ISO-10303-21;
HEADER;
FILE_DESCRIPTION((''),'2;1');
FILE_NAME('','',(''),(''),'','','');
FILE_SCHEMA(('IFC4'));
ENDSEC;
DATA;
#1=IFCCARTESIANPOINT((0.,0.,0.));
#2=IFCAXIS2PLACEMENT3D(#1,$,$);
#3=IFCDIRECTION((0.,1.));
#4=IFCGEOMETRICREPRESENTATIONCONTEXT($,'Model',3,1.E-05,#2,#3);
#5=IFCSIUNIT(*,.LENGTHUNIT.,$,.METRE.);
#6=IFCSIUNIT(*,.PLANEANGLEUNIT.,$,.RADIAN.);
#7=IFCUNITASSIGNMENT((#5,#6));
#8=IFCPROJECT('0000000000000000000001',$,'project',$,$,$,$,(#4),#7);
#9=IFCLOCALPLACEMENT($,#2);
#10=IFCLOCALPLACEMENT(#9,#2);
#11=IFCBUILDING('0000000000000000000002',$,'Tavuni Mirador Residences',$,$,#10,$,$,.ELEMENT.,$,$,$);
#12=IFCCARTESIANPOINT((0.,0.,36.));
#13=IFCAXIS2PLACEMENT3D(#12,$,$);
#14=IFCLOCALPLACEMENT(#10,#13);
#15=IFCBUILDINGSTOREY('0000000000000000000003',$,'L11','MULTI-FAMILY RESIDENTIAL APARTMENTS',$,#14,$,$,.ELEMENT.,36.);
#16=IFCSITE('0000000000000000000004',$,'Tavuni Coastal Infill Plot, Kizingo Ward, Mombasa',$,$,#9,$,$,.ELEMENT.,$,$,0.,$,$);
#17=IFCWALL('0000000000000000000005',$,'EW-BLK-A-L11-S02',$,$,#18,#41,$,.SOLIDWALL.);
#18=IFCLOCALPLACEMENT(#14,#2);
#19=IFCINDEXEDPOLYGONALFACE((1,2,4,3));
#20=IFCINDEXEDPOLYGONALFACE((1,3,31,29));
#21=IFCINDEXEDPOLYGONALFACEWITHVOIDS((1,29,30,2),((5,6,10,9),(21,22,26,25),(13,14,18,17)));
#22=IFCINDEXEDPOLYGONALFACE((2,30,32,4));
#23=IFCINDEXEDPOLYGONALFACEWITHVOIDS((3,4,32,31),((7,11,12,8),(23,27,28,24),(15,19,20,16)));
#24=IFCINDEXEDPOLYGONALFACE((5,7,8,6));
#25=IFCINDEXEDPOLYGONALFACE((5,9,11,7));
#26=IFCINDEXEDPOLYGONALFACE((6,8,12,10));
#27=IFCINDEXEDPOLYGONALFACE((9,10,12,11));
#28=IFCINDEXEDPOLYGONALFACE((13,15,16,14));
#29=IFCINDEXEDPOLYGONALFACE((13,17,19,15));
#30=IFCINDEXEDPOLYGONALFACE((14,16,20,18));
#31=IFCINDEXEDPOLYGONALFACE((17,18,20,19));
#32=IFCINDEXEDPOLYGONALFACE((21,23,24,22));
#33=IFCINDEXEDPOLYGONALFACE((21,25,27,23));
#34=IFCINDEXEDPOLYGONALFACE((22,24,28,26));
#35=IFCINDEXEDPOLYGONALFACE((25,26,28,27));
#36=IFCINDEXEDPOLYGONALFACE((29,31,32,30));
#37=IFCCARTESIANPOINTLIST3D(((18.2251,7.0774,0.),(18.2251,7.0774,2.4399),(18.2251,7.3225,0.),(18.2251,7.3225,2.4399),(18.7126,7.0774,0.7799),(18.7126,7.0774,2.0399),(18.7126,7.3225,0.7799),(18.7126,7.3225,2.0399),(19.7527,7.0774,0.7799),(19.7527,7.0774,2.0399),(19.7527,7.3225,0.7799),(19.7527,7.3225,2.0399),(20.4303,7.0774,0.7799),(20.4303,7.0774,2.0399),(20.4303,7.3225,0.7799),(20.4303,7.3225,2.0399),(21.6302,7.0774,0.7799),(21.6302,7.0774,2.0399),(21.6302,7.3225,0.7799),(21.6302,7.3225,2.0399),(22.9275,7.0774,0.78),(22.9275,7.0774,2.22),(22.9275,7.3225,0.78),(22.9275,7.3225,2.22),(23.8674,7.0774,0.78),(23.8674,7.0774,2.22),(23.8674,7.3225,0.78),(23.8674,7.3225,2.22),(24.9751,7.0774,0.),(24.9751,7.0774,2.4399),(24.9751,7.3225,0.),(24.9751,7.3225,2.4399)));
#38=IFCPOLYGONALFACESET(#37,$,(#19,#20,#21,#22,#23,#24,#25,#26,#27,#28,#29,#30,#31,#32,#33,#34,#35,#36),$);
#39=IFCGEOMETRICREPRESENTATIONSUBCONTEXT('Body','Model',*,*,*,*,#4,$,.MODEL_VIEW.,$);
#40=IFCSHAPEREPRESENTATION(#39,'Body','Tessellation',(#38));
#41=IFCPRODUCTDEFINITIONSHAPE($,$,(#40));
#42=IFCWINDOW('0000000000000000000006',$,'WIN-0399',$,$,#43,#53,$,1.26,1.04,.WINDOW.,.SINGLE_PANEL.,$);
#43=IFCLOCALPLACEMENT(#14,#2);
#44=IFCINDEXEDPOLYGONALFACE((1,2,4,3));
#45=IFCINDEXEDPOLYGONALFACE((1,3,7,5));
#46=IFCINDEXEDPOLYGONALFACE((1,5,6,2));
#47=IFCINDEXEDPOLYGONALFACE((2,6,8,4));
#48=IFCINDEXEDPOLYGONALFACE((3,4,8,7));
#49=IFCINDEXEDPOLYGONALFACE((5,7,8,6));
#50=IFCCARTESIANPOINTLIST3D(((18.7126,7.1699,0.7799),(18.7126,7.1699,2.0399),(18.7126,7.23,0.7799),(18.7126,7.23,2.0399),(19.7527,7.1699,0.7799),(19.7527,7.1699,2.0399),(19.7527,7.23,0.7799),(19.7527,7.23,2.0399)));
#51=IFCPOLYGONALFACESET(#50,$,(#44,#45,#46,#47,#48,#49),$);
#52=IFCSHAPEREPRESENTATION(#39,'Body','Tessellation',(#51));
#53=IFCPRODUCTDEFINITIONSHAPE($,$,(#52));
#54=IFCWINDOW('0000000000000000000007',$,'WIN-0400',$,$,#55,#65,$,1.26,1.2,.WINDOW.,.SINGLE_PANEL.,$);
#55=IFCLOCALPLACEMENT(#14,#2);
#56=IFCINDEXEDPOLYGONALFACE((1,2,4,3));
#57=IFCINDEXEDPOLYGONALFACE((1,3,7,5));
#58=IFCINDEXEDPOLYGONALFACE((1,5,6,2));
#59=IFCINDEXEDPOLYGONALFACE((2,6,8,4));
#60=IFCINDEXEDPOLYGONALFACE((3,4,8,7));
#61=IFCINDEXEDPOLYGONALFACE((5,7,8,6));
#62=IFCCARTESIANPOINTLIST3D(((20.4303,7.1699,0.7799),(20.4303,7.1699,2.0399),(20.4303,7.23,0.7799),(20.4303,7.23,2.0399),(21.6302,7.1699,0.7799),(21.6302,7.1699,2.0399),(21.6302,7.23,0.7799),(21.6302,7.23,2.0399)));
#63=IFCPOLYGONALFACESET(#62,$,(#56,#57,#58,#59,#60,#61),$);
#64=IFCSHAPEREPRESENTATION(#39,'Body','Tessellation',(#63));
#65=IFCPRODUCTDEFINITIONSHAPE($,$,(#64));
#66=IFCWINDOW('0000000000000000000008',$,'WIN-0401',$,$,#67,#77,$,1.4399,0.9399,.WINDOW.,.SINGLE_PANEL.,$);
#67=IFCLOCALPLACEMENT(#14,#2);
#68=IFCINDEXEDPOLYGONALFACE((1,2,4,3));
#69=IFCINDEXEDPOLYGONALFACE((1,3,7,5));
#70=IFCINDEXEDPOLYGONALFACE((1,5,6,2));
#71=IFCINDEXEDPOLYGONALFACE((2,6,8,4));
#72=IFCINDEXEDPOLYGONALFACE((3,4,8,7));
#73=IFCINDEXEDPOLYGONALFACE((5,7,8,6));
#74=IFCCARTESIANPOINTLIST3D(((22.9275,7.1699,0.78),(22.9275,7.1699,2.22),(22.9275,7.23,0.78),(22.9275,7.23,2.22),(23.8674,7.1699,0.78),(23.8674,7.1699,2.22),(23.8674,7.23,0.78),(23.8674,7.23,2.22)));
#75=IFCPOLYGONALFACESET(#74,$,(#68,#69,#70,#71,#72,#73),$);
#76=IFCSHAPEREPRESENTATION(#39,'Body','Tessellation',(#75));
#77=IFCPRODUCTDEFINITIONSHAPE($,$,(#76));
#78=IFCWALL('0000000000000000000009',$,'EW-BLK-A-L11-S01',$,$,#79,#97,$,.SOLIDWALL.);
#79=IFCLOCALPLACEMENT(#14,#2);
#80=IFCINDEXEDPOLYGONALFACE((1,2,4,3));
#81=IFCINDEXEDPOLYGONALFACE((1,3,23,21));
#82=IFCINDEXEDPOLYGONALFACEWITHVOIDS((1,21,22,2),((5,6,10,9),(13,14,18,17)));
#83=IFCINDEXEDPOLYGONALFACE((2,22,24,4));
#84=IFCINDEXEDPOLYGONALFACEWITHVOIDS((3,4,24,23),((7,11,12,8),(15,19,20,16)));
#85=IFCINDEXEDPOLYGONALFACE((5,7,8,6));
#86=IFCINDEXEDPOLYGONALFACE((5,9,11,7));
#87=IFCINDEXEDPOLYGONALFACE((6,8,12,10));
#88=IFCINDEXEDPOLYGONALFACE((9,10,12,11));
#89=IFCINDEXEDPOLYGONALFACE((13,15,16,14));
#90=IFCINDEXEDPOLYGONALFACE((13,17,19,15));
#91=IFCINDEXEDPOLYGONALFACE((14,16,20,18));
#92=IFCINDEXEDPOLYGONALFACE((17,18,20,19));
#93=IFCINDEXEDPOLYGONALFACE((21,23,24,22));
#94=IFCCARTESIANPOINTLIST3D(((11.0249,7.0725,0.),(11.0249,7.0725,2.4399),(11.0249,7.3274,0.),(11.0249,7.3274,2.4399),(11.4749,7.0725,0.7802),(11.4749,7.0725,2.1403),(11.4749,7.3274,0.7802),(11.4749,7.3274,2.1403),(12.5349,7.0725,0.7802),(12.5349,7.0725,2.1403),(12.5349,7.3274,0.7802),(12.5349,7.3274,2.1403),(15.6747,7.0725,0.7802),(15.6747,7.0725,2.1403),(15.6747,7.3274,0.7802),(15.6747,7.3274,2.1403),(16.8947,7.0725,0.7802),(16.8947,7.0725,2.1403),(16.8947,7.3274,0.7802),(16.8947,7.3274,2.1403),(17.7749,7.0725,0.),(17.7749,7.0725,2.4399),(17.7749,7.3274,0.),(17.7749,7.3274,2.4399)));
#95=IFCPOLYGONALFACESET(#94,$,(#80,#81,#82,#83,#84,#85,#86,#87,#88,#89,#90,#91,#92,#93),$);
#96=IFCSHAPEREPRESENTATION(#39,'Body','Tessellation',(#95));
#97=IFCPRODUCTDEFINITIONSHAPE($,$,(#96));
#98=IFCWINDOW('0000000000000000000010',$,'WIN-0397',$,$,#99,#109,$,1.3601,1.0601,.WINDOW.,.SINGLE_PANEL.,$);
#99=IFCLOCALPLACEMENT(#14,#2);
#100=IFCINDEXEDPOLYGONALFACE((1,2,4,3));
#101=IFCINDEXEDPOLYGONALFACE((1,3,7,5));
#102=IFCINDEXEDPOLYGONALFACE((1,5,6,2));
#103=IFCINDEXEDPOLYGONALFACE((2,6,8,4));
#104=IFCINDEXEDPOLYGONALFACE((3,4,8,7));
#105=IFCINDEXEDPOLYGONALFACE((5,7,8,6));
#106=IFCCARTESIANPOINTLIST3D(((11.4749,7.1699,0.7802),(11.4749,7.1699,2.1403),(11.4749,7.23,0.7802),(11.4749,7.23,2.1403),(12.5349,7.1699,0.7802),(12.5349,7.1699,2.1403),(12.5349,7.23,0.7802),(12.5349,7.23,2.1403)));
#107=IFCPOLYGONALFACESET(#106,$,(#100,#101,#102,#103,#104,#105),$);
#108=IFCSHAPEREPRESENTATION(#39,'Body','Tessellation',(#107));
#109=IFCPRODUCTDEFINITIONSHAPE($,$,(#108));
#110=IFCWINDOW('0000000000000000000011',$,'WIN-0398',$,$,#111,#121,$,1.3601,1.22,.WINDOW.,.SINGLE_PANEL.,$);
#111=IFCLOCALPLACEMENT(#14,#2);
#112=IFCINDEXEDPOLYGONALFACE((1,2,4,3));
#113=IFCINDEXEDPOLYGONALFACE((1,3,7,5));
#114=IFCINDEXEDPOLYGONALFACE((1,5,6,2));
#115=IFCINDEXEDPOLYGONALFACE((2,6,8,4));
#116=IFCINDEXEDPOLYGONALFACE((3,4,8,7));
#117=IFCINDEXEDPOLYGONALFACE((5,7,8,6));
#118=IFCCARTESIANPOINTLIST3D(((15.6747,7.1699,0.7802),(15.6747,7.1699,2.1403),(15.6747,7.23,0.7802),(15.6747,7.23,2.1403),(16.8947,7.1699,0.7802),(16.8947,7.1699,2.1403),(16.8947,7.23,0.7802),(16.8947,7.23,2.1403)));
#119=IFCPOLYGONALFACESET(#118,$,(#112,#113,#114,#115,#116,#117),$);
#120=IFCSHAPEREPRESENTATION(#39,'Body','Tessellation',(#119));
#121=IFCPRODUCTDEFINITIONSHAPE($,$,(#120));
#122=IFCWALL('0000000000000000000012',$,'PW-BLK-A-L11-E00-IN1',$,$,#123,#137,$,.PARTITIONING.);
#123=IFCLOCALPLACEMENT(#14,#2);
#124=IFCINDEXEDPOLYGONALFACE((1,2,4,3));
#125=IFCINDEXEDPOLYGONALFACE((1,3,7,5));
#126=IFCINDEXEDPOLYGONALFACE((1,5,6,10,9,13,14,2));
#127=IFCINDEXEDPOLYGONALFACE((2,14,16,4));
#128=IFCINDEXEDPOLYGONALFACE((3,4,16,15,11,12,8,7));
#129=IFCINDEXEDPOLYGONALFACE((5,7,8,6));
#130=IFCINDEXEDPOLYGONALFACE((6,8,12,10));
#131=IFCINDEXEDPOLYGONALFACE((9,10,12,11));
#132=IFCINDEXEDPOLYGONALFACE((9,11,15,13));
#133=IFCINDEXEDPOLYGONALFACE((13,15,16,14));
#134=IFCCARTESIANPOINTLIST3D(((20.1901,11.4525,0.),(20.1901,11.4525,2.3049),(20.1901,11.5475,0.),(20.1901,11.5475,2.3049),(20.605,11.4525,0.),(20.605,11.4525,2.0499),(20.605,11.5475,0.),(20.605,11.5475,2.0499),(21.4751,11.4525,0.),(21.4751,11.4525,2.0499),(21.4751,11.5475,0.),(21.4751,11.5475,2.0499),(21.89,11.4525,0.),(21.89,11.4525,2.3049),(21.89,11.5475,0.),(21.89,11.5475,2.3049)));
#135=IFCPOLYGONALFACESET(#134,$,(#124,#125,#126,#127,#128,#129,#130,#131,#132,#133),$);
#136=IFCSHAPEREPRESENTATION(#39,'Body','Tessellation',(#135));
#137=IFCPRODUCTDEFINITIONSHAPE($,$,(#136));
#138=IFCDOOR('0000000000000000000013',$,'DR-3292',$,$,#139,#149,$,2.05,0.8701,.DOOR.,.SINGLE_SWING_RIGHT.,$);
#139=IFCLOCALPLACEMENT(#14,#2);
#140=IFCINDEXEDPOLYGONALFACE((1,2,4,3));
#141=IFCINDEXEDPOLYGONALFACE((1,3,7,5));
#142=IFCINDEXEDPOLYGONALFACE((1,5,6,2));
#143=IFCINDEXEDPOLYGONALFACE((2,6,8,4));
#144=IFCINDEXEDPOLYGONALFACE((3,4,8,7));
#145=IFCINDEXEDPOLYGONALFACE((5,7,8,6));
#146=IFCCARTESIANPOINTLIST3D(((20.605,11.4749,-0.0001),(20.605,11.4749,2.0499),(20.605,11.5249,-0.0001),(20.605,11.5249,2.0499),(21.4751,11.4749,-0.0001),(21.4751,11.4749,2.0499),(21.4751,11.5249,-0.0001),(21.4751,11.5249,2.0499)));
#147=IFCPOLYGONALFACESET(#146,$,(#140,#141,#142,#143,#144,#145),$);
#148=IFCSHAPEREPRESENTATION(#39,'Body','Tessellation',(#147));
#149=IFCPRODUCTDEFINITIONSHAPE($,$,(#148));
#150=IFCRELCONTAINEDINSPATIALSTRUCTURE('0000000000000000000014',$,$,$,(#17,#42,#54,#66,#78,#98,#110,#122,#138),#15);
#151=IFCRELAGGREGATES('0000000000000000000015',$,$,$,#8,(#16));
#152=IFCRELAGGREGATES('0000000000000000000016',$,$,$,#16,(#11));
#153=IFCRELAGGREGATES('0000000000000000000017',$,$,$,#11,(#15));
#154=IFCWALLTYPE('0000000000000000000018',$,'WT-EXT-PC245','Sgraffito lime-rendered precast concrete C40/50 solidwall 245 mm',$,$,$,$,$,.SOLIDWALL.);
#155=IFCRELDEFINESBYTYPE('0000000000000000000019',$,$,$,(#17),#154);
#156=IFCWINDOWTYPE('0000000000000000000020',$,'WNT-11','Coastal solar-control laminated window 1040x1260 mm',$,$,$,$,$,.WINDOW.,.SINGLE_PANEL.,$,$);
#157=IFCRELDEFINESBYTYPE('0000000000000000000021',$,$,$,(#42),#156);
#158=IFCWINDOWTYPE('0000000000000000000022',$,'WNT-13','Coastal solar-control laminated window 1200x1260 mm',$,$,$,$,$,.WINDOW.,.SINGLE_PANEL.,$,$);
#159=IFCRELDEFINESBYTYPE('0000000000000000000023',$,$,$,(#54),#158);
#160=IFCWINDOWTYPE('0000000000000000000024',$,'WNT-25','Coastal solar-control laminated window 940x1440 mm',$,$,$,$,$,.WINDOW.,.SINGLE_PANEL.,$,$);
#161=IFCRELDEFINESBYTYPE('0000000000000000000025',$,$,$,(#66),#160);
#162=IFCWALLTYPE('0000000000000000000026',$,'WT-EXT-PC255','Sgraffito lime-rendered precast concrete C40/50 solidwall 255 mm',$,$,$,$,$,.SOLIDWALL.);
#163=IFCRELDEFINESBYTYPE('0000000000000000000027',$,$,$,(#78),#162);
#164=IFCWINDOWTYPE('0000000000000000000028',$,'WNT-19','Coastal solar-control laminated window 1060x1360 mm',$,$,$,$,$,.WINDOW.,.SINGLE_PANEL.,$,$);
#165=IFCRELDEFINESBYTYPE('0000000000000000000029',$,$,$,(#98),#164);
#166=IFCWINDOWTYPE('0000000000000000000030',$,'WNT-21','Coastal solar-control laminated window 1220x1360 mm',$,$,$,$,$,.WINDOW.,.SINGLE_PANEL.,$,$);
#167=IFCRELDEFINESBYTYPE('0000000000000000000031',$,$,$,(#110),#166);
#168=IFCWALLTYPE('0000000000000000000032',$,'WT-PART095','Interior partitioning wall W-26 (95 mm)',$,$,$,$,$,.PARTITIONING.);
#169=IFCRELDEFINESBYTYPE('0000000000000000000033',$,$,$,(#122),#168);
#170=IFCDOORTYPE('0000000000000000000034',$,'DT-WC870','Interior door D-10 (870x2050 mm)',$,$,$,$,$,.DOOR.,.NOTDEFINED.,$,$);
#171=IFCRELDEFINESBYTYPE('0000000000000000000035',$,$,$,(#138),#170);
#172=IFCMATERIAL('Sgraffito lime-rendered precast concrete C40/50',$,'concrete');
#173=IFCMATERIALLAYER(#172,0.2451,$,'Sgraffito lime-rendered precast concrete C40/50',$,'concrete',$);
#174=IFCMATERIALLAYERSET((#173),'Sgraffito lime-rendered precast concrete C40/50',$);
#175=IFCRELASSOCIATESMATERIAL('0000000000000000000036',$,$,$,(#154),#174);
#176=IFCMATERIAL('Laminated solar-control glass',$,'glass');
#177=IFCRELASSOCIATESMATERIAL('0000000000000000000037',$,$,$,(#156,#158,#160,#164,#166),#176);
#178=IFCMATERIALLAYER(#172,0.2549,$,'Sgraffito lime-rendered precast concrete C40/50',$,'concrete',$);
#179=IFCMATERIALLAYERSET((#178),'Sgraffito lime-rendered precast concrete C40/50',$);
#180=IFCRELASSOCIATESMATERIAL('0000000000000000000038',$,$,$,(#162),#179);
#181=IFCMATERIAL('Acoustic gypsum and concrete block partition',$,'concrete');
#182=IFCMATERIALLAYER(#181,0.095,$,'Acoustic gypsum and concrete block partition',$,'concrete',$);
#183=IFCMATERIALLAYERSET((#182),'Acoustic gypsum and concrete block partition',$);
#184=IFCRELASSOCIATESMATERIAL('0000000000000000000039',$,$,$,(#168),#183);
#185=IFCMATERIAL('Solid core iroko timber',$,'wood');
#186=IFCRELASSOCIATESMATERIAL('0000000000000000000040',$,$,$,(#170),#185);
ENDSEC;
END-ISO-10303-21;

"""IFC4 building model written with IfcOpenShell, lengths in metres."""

from ifc_helpers import new_model, si_unit, direction, frame, frame_2d, origin, place, context, subcontext, project, spatial, rectangle, extrude, material, layer, layer_set, type_object, element, fill, save


model = new_model("IFC4")

# Units and contexts
model_context = context("Model", 3, precision=1e-05, world=origin(), true_north=direction((0.0, 1.0)))
body_context = subcontext(model_context, "Body", "Model", "MODEL_VIEW")
ifc_project = project(units=[si_unit("LENGTHUNIT", "METRE"), si_unit("PLANEANGLEUNIT", "RADIAN")], contexts=[model_context])

# Site, building, storey
site_placement = place(None, origin())
site = spatial("IfcSite", under=ifc_project, at=site_placement, Name="Tavuni Coastal Infill Plot, Kizingo Ward, Mombasa", CompositionType="ELEMENT", RefElevation=0.0)
building_placement = place(site_placement, origin())
building = spatial("IfcBuilding", under=site, at=building_placement, Name="Tavuni Mirador Residences", CompositionType="ELEMENT")
storey_placement = place(building_placement, frame((0.0, 0.0, 36.0)))
storey = spatial("IfcBuildingStorey", under=building, at=storey_placement, Name="L11", Description="MULTI-FAMILY RESIDENTIAL APARTMENTS", CompositionType="ELEMENT", Elevation=36.0)

# Shared definitions
ifc_material_1 = material(Name="Solid core iroko timber", Category="wood")

# Walls, openings, windows
ifc_material_2 = material(Name="Sgraffito lime-rendered precast concrete C40/50", Category="concrete")
ifc_layer_1 = layer(ifc_material_2, 0.2451, Name="Sgraffito lime-rendered precast concrete C40/50", Category="concrete")
ifc_layer_set_1 = layer_set([ifc_layer_1], Name="Sgraffito lime-rendered precast concrete C40/50")
wall_type_1 = type_object("IfcWallType", Name="WT-EXT-PC245", Description="Sgraffito lime-rendered precast concrete C40/50 solidwall 245 mm", PredefinedType="SOLIDWALL", material=ifc_layer_set_1)
wall_1_placement = place(storey_placement, frame((18.2251, 7.2, 0.0), z_axis=(0.0, 0.0, 1.0), x_axis=(1.0, 0.0, 0.0)))
wall_1 = element("IfcWall", 1, at=wall_1_placement, inside=storey, type_object=wall_type_1, Name="EW-BLK-A-L11-S02", PredefinedType="SOLIDWALL", context=body_context, shape_type="SweptSolid", body=[
    extrude(rectangle(XDim=6.75, YDim=0.2451, at=frame_2d((3.375, 0.0))), origin(), (0.0, 0.0, 1.0), 2.4399),
])
opening_1_placement = place(wall_1_placement, frame((0.4875, 0.0, 0.78)))
opening_1 = element("IfcOpeningElement", 2, at=opening_1_placement, cuts=wall_1, PredefinedType="OPENING", context=body_context, shape_type="SweptSolid", body=[
    extrude(rectangle(XDim=1.04, YDim=1.26, at=frame_2d((0.52, 0.6299))), frame((0.0, 0.1326, 0.0), z_axis=(0.0, -1.0, 0.0), x_axis=(1.0, 0.0, 0.0)), (0.0, 0.0, 1.0), 0.2651),
])
opening_2_placement = place(wall_1_placement, frame((2.2051, 0.0, 0.78)))
opening_2 = element("IfcOpeningElement", 3, at=opening_2_placement, cuts=wall_1, PredefinedType="OPENING", context=body_context, shape_type="SweptSolid", body=[
    extrude(rectangle(XDim=1.2, YDim=1.26, at=frame_2d((0.6001, 0.6299))), frame((0.0, 0.1326, 0.0), z_axis=(0.0, -1.0, 0.0), x_axis=(1.0, 0.0, 0.0)), (0.0, 0.0, 1.0), 0.2651),
])
opening_3_placement = place(wall_1_placement, frame((4.7024, 0.0, 0.78)))
opening_3 = element("IfcOpeningElement", 4, at=opening_3_placement, cuts=wall_1, PredefinedType="OPENING", context=body_context, shape_type="SweptSolid", body=[
    extrude(rectangle(XDim=0.9399, YDim=1.4399, at=frame_2d((0.47, 0.72))), frame((0.0, 0.1326, 0.0), z_axis=(0.0, -1.0, 0.0), x_axis=(1.0, 0.0, 0.0)), (0.0, 0.0, 1.0), 0.2651),
])
ifc_material_3 = material(Name="Laminated solar-control glass", Category="glass")
window_type_1 = type_object("IfcWindowType", Name="WNT-11", Description="Coastal solar-control laminated window 1040x1260 mm", PartitioningType="SINGLE_PANEL", PredefinedType="WINDOW", material=ifc_material_3)
window_1_placement = place(opening_1_placement, origin())
window_1 = element("IfcWindow", 5, at=window_1_placement, inside=storey, type_object=window_type_1, Name="WIN-0399", OverallHeight=1.26, OverallWidth=1.04, PartitioningType="SINGLE_PANEL", PredefinedType="WINDOW", context=body_context, shape_type="SweptSolid", body=[
    extrude(rectangle(XDim=1.04, YDim=1.26, at=frame_2d((0.52, 0.6299))), frame((0.0, 0.03, 0.0), z_axis=(0.0, -1.0, 0.0), x_axis=(1.0, 0.0, 0.0)), (0.0, 0.0, 1.0), 0.0601),
])
fill(opening_1, window_1)
window_type_2 = type_object("IfcWindowType", Name="WNT-13", Description="Coastal solar-control laminated window 1200x1260 mm", PartitioningType="SINGLE_PANEL", PredefinedType="WINDOW", material=ifc_material_3)
window_2_placement = place(opening_2_placement, origin())
window_2 = element("IfcWindow", 6, at=window_2_placement, inside=storey, type_object=window_type_2, Name="WIN-0400", OverallHeight=1.26, OverallWidth=1.2, PartitioningType="SINGLE_PANEL", PredefinedType="WINDOW", context=body_context, shape_type="SweptSolid", body=[
    extrude(rectangle(XDim=1.2, YDim=1.26, at=frame_2d((0.6001, 0.6299))), frame((0.0, 0.03, 0.0), z_axis=(0.0, -1.0, 0.0), x_axis=(1.0, 0.0, 0.0)), (0.0, 0.0, 1.0), 0.0601),
])
fill(opening_2, window_2)
window_type_3 = type_object("IfcWindowType", Name="WNT-25", Description="Coastal solar-control laminated window 940x1440 mm", PartitioningType="SINGLE_PANEL", PredefinedType="WINDOW", material=ifc_material_3)
window_3_placement = place(opening_3_placement, origin())
window_3 = element("IfcWindow", 7, at=window_3_placement, inside=storey, type_object=window_type_3, Name="WIN-0401", OverallHeight=1.4399, OverallWidth=0.9399, PartitioningType="SINGLE_PANEL", PredefinedType="WINDOW", context=body_context, shape_type="SweptSolid", body=[
    extrude(rectangle(XDim=0.9399, YDim=1.4399, at=frame_2d((0.47, 0.72))), frame((0.0, 0.03, 0.0), z_axis=(0.0, -1.0, 0.0), x_axis=(1.0, 0.0, 0.0)), (0.0, 0.0, 1.0), 0.0601),
])
fill(opening_3, window_3)
ifc_layer_2 = layer(ifc_material_2, 0.2549, Name="Sgraffito lime-rendered precast concrete C40/50", Category="concrete")
ifc_layer_set_2 = layer_set([ifc_layer_2], Name="Sgraffito lime-rendered precast concrete C40/50")
wall_type_2 = type_object("IfcWallType", Name="WT-EXT-PC255", Description="Sgraffito lime-rendered precast concrete C40/50 solidwall 255 mm", PredefinedType="SOLIDWALL", material=ifc_layer_set_2)
wall_2_placement = place(storey_placement, frame((11.0249, 7.2, 0.0), z_axis=(0.0, 0.0, 1.0), x_axis=(1.0, 0.0, 0.0)))
wall_2 = element("IfcWall", 8, at=wall_2_placement, inside=storey, type_object=wall_type_2, Name="EW-BLK-A-L11-S01", PredefinedType="SOLIDWALL", context=body_context, shape_type="SweptSolid", body=[
    extrude(rectangle(XDim=6.75, YDim=0.2549, at=frame_2d((3.375, 0.0))), origin(), (0.0, 0.0, 1.0), 2.4399),
])
opening_4_placement = place(wall_2_placement, frame((0.45, 0.0, 0.78)))
opening_4 = element("IfcOpeningElement", 9, at=opening_4_placement, cuts=wall_2, PredefinedType="OPENING", context=body_context, shape_type="SweptSolid", body=[
    extrude(rectangle(XDim=1.0601, YDim=1.3601, at=frame_2d((0.53, 0.6802))), frame((0.0, 0.1375, 0.0), z_axis=(0.0, -1.0, 0.0), x_axis=(1.0, 0.0, 0.0)), (0.0, 0.0, 1.0), 0.2749),
])
opening_5_placement = place(wall_2_placement, frame((4.6499, 0.0, 0.78)))
opening_5 = element("IfcOpeningElement", 10, at=opening_5_placement, cuts=wall_2, PredefinedType="OPENING", context=body_context, shape_type="SweptSolid", body=[
    extrude(rectangle(XDim=1.22, YDim=1.3601, at=frame_2d((0.6099, 0.6802))), frame((0.0, 0.1375, 0.0), z_axis=(0.0, -1.0, 0.0), x_axis=(1.0, 0.0, 0.0)), (0.0, 0.0, 1.0), 0.2749),
])
window_type_4 = type_object("IfcWindowType", Name="WNT-19", Description="Coastal solar-control laminated window 1060x1360 mm", PartitioningType="SINGLE_PANEL", PredefinedType="WINDOW", material=ifc_material_3)
window_4_placement = place(opening_4_placement, origin())
window_4 = element("IfcWindow", 11, at=window_4_placement, inside=storey, type_object=window_type_4, Name="WIN-0397", OverallHeight=1.3601, OverallWidth=1.0601, PartitioningType="SINGLE_PANEL", PredefinedType="WINDOW", context=body_context, shape_type="SweptSolid", body=[
    extrude(rectangle(XDim=1.0601, YDim=1.3601, at=frame_2d((0.53, 0.6802))), frame((0.0, 0.03, 0.0), z_axis=(0.0, -1.0, 0.0), x_axis=(1.0, 0.0, 0.0)), (0.0, 0.0, 1.0), 0.0601),
])
fill(opening_4, window_4)
window_type_5 = type_object("IfcWindowType", Name="WNT-21", Description="Coastal solar-control laminated window 1220x1360 mm", PartitioningType="SINGLE_PANEL", PredefinedType="WINDOW", material=ifc_material_3)
window_5_placement = place(opening_5_placement, origin())
window_5 = element("IfcWindow", 12, at=window_5_placement, inside=storey, type_object=window_type_5, Name="WIN-0398", OverallHeight=1.3601, OverallWidth=1.22, PartitioningType="SINGLE_PANEL", PredefinedType="WINDOW", context=body_context, shape_type="SweptSolid", body=[
    extrude(rectangle(XDim=1.22, YDim=1.3601, at=frame_2d((0.6099, 0.6802))), frame((0.0, 0.03, 0.0), z_axis=(0.0, -1.0, 0.0), x_axis=(1.0, 0.0, 0.0)), (0.0, 0.0, 1.0), 0.0601),
])
fill(opening_5, window_5)

# Wall, opening, door
ifc_material_4 = material(Name="Acoustic gypsum and concrete block partition", Category="concrete")
ifc_layer_3 = layer(ifc_material_4, 0.095, Name="Acoustic gypsum and concrete block partition", Category="concrete")
ifc_layer_set_3 = layer_set([ifc_layer_3], Name="Acoustic gypsum and concrete block partition")
wall_type_3 = type_object("IfcWallType", Name="WT-PART095", Description="Interior partitioning wall W-26 (95 mm)", PredefinedType="PARTITIONING", material=ifc_layer_set_3)
wall_3_placement = place(storey_placement, frame((20.1899, 11.5, 0.0), z_axis=(0.0, 0.0, 1.0), x_axis=(1.0, 0.0, 0.0)))
wall_3 = element("IfcWall", 13, at=wall_3_placement, inside=storey, type_object=wall_type_3, Name="PW-BLK-A-L11-E00-IN1", PredefinedType="PARTITIONING", context=body_context, shape_type="SweptSolid", body=[
    extrude(rectangle(XDim=1.7, YDim=0.095, at=frame_2d((0.8501, 0.0))), origin(), (0.0, 0.0, 1.0), 2.3049),
])
opening_6_placement = place(wall_3_placement, frame((0.415, 0.0, 0.0)))
opening_6 = element("IfcOpeningElement", 14, at=opening_6_placement, cuts=wall_3, PredefinedType="OPENING", context=body_context, shape_type="SweptSolid", body=[
    extrude(rectangle(XDim=0.8701, YDim=2.05, at=frame_2d((0.4351, 1.0249))), frame((0.0, 0.0576, 0.0), z_axis=(0.0, -1.0, 0.0), x_axis=(1.0, 0.0, 0.0)), (0.0, 0.0, 1.0), 0.115),
])
door_type_1 = type_object("IfcDoorType", Name="DT-WC870", Description="Interior door D-10 (870x2050 mm)", OperationType="NOTDEFINED", PredefinedType="DOOR", material=ifc_material_1)
door_1_placement = place(opening_6_placement, origin())
door_1 = element("IfcDoor", 15, at=door_1_placement, inside=storey, type_object=door_type_1, Name="DR-3292", OperationType="SINGLE_SWING_RIGHT", OverallHeight=2.05, OverallWidth=0.8701, PredefinedType="DOOR", context=body_context, shape_type="SweptSolid", body=[
    extrude(rectangle(XDim=0.8701, YDim=2.05, at=frame_2d((0.4351, 1.0249))), frame((0.0, 0.0249, 0.0), z_axis=(0.0, -1.0, 0.0), x_axis=(1.0, 0.0, 0.0)), (0.0, 0.0, 1.0), 0.05),
])
fill(opening_6, door_1)

save(model, "model.ifc")
